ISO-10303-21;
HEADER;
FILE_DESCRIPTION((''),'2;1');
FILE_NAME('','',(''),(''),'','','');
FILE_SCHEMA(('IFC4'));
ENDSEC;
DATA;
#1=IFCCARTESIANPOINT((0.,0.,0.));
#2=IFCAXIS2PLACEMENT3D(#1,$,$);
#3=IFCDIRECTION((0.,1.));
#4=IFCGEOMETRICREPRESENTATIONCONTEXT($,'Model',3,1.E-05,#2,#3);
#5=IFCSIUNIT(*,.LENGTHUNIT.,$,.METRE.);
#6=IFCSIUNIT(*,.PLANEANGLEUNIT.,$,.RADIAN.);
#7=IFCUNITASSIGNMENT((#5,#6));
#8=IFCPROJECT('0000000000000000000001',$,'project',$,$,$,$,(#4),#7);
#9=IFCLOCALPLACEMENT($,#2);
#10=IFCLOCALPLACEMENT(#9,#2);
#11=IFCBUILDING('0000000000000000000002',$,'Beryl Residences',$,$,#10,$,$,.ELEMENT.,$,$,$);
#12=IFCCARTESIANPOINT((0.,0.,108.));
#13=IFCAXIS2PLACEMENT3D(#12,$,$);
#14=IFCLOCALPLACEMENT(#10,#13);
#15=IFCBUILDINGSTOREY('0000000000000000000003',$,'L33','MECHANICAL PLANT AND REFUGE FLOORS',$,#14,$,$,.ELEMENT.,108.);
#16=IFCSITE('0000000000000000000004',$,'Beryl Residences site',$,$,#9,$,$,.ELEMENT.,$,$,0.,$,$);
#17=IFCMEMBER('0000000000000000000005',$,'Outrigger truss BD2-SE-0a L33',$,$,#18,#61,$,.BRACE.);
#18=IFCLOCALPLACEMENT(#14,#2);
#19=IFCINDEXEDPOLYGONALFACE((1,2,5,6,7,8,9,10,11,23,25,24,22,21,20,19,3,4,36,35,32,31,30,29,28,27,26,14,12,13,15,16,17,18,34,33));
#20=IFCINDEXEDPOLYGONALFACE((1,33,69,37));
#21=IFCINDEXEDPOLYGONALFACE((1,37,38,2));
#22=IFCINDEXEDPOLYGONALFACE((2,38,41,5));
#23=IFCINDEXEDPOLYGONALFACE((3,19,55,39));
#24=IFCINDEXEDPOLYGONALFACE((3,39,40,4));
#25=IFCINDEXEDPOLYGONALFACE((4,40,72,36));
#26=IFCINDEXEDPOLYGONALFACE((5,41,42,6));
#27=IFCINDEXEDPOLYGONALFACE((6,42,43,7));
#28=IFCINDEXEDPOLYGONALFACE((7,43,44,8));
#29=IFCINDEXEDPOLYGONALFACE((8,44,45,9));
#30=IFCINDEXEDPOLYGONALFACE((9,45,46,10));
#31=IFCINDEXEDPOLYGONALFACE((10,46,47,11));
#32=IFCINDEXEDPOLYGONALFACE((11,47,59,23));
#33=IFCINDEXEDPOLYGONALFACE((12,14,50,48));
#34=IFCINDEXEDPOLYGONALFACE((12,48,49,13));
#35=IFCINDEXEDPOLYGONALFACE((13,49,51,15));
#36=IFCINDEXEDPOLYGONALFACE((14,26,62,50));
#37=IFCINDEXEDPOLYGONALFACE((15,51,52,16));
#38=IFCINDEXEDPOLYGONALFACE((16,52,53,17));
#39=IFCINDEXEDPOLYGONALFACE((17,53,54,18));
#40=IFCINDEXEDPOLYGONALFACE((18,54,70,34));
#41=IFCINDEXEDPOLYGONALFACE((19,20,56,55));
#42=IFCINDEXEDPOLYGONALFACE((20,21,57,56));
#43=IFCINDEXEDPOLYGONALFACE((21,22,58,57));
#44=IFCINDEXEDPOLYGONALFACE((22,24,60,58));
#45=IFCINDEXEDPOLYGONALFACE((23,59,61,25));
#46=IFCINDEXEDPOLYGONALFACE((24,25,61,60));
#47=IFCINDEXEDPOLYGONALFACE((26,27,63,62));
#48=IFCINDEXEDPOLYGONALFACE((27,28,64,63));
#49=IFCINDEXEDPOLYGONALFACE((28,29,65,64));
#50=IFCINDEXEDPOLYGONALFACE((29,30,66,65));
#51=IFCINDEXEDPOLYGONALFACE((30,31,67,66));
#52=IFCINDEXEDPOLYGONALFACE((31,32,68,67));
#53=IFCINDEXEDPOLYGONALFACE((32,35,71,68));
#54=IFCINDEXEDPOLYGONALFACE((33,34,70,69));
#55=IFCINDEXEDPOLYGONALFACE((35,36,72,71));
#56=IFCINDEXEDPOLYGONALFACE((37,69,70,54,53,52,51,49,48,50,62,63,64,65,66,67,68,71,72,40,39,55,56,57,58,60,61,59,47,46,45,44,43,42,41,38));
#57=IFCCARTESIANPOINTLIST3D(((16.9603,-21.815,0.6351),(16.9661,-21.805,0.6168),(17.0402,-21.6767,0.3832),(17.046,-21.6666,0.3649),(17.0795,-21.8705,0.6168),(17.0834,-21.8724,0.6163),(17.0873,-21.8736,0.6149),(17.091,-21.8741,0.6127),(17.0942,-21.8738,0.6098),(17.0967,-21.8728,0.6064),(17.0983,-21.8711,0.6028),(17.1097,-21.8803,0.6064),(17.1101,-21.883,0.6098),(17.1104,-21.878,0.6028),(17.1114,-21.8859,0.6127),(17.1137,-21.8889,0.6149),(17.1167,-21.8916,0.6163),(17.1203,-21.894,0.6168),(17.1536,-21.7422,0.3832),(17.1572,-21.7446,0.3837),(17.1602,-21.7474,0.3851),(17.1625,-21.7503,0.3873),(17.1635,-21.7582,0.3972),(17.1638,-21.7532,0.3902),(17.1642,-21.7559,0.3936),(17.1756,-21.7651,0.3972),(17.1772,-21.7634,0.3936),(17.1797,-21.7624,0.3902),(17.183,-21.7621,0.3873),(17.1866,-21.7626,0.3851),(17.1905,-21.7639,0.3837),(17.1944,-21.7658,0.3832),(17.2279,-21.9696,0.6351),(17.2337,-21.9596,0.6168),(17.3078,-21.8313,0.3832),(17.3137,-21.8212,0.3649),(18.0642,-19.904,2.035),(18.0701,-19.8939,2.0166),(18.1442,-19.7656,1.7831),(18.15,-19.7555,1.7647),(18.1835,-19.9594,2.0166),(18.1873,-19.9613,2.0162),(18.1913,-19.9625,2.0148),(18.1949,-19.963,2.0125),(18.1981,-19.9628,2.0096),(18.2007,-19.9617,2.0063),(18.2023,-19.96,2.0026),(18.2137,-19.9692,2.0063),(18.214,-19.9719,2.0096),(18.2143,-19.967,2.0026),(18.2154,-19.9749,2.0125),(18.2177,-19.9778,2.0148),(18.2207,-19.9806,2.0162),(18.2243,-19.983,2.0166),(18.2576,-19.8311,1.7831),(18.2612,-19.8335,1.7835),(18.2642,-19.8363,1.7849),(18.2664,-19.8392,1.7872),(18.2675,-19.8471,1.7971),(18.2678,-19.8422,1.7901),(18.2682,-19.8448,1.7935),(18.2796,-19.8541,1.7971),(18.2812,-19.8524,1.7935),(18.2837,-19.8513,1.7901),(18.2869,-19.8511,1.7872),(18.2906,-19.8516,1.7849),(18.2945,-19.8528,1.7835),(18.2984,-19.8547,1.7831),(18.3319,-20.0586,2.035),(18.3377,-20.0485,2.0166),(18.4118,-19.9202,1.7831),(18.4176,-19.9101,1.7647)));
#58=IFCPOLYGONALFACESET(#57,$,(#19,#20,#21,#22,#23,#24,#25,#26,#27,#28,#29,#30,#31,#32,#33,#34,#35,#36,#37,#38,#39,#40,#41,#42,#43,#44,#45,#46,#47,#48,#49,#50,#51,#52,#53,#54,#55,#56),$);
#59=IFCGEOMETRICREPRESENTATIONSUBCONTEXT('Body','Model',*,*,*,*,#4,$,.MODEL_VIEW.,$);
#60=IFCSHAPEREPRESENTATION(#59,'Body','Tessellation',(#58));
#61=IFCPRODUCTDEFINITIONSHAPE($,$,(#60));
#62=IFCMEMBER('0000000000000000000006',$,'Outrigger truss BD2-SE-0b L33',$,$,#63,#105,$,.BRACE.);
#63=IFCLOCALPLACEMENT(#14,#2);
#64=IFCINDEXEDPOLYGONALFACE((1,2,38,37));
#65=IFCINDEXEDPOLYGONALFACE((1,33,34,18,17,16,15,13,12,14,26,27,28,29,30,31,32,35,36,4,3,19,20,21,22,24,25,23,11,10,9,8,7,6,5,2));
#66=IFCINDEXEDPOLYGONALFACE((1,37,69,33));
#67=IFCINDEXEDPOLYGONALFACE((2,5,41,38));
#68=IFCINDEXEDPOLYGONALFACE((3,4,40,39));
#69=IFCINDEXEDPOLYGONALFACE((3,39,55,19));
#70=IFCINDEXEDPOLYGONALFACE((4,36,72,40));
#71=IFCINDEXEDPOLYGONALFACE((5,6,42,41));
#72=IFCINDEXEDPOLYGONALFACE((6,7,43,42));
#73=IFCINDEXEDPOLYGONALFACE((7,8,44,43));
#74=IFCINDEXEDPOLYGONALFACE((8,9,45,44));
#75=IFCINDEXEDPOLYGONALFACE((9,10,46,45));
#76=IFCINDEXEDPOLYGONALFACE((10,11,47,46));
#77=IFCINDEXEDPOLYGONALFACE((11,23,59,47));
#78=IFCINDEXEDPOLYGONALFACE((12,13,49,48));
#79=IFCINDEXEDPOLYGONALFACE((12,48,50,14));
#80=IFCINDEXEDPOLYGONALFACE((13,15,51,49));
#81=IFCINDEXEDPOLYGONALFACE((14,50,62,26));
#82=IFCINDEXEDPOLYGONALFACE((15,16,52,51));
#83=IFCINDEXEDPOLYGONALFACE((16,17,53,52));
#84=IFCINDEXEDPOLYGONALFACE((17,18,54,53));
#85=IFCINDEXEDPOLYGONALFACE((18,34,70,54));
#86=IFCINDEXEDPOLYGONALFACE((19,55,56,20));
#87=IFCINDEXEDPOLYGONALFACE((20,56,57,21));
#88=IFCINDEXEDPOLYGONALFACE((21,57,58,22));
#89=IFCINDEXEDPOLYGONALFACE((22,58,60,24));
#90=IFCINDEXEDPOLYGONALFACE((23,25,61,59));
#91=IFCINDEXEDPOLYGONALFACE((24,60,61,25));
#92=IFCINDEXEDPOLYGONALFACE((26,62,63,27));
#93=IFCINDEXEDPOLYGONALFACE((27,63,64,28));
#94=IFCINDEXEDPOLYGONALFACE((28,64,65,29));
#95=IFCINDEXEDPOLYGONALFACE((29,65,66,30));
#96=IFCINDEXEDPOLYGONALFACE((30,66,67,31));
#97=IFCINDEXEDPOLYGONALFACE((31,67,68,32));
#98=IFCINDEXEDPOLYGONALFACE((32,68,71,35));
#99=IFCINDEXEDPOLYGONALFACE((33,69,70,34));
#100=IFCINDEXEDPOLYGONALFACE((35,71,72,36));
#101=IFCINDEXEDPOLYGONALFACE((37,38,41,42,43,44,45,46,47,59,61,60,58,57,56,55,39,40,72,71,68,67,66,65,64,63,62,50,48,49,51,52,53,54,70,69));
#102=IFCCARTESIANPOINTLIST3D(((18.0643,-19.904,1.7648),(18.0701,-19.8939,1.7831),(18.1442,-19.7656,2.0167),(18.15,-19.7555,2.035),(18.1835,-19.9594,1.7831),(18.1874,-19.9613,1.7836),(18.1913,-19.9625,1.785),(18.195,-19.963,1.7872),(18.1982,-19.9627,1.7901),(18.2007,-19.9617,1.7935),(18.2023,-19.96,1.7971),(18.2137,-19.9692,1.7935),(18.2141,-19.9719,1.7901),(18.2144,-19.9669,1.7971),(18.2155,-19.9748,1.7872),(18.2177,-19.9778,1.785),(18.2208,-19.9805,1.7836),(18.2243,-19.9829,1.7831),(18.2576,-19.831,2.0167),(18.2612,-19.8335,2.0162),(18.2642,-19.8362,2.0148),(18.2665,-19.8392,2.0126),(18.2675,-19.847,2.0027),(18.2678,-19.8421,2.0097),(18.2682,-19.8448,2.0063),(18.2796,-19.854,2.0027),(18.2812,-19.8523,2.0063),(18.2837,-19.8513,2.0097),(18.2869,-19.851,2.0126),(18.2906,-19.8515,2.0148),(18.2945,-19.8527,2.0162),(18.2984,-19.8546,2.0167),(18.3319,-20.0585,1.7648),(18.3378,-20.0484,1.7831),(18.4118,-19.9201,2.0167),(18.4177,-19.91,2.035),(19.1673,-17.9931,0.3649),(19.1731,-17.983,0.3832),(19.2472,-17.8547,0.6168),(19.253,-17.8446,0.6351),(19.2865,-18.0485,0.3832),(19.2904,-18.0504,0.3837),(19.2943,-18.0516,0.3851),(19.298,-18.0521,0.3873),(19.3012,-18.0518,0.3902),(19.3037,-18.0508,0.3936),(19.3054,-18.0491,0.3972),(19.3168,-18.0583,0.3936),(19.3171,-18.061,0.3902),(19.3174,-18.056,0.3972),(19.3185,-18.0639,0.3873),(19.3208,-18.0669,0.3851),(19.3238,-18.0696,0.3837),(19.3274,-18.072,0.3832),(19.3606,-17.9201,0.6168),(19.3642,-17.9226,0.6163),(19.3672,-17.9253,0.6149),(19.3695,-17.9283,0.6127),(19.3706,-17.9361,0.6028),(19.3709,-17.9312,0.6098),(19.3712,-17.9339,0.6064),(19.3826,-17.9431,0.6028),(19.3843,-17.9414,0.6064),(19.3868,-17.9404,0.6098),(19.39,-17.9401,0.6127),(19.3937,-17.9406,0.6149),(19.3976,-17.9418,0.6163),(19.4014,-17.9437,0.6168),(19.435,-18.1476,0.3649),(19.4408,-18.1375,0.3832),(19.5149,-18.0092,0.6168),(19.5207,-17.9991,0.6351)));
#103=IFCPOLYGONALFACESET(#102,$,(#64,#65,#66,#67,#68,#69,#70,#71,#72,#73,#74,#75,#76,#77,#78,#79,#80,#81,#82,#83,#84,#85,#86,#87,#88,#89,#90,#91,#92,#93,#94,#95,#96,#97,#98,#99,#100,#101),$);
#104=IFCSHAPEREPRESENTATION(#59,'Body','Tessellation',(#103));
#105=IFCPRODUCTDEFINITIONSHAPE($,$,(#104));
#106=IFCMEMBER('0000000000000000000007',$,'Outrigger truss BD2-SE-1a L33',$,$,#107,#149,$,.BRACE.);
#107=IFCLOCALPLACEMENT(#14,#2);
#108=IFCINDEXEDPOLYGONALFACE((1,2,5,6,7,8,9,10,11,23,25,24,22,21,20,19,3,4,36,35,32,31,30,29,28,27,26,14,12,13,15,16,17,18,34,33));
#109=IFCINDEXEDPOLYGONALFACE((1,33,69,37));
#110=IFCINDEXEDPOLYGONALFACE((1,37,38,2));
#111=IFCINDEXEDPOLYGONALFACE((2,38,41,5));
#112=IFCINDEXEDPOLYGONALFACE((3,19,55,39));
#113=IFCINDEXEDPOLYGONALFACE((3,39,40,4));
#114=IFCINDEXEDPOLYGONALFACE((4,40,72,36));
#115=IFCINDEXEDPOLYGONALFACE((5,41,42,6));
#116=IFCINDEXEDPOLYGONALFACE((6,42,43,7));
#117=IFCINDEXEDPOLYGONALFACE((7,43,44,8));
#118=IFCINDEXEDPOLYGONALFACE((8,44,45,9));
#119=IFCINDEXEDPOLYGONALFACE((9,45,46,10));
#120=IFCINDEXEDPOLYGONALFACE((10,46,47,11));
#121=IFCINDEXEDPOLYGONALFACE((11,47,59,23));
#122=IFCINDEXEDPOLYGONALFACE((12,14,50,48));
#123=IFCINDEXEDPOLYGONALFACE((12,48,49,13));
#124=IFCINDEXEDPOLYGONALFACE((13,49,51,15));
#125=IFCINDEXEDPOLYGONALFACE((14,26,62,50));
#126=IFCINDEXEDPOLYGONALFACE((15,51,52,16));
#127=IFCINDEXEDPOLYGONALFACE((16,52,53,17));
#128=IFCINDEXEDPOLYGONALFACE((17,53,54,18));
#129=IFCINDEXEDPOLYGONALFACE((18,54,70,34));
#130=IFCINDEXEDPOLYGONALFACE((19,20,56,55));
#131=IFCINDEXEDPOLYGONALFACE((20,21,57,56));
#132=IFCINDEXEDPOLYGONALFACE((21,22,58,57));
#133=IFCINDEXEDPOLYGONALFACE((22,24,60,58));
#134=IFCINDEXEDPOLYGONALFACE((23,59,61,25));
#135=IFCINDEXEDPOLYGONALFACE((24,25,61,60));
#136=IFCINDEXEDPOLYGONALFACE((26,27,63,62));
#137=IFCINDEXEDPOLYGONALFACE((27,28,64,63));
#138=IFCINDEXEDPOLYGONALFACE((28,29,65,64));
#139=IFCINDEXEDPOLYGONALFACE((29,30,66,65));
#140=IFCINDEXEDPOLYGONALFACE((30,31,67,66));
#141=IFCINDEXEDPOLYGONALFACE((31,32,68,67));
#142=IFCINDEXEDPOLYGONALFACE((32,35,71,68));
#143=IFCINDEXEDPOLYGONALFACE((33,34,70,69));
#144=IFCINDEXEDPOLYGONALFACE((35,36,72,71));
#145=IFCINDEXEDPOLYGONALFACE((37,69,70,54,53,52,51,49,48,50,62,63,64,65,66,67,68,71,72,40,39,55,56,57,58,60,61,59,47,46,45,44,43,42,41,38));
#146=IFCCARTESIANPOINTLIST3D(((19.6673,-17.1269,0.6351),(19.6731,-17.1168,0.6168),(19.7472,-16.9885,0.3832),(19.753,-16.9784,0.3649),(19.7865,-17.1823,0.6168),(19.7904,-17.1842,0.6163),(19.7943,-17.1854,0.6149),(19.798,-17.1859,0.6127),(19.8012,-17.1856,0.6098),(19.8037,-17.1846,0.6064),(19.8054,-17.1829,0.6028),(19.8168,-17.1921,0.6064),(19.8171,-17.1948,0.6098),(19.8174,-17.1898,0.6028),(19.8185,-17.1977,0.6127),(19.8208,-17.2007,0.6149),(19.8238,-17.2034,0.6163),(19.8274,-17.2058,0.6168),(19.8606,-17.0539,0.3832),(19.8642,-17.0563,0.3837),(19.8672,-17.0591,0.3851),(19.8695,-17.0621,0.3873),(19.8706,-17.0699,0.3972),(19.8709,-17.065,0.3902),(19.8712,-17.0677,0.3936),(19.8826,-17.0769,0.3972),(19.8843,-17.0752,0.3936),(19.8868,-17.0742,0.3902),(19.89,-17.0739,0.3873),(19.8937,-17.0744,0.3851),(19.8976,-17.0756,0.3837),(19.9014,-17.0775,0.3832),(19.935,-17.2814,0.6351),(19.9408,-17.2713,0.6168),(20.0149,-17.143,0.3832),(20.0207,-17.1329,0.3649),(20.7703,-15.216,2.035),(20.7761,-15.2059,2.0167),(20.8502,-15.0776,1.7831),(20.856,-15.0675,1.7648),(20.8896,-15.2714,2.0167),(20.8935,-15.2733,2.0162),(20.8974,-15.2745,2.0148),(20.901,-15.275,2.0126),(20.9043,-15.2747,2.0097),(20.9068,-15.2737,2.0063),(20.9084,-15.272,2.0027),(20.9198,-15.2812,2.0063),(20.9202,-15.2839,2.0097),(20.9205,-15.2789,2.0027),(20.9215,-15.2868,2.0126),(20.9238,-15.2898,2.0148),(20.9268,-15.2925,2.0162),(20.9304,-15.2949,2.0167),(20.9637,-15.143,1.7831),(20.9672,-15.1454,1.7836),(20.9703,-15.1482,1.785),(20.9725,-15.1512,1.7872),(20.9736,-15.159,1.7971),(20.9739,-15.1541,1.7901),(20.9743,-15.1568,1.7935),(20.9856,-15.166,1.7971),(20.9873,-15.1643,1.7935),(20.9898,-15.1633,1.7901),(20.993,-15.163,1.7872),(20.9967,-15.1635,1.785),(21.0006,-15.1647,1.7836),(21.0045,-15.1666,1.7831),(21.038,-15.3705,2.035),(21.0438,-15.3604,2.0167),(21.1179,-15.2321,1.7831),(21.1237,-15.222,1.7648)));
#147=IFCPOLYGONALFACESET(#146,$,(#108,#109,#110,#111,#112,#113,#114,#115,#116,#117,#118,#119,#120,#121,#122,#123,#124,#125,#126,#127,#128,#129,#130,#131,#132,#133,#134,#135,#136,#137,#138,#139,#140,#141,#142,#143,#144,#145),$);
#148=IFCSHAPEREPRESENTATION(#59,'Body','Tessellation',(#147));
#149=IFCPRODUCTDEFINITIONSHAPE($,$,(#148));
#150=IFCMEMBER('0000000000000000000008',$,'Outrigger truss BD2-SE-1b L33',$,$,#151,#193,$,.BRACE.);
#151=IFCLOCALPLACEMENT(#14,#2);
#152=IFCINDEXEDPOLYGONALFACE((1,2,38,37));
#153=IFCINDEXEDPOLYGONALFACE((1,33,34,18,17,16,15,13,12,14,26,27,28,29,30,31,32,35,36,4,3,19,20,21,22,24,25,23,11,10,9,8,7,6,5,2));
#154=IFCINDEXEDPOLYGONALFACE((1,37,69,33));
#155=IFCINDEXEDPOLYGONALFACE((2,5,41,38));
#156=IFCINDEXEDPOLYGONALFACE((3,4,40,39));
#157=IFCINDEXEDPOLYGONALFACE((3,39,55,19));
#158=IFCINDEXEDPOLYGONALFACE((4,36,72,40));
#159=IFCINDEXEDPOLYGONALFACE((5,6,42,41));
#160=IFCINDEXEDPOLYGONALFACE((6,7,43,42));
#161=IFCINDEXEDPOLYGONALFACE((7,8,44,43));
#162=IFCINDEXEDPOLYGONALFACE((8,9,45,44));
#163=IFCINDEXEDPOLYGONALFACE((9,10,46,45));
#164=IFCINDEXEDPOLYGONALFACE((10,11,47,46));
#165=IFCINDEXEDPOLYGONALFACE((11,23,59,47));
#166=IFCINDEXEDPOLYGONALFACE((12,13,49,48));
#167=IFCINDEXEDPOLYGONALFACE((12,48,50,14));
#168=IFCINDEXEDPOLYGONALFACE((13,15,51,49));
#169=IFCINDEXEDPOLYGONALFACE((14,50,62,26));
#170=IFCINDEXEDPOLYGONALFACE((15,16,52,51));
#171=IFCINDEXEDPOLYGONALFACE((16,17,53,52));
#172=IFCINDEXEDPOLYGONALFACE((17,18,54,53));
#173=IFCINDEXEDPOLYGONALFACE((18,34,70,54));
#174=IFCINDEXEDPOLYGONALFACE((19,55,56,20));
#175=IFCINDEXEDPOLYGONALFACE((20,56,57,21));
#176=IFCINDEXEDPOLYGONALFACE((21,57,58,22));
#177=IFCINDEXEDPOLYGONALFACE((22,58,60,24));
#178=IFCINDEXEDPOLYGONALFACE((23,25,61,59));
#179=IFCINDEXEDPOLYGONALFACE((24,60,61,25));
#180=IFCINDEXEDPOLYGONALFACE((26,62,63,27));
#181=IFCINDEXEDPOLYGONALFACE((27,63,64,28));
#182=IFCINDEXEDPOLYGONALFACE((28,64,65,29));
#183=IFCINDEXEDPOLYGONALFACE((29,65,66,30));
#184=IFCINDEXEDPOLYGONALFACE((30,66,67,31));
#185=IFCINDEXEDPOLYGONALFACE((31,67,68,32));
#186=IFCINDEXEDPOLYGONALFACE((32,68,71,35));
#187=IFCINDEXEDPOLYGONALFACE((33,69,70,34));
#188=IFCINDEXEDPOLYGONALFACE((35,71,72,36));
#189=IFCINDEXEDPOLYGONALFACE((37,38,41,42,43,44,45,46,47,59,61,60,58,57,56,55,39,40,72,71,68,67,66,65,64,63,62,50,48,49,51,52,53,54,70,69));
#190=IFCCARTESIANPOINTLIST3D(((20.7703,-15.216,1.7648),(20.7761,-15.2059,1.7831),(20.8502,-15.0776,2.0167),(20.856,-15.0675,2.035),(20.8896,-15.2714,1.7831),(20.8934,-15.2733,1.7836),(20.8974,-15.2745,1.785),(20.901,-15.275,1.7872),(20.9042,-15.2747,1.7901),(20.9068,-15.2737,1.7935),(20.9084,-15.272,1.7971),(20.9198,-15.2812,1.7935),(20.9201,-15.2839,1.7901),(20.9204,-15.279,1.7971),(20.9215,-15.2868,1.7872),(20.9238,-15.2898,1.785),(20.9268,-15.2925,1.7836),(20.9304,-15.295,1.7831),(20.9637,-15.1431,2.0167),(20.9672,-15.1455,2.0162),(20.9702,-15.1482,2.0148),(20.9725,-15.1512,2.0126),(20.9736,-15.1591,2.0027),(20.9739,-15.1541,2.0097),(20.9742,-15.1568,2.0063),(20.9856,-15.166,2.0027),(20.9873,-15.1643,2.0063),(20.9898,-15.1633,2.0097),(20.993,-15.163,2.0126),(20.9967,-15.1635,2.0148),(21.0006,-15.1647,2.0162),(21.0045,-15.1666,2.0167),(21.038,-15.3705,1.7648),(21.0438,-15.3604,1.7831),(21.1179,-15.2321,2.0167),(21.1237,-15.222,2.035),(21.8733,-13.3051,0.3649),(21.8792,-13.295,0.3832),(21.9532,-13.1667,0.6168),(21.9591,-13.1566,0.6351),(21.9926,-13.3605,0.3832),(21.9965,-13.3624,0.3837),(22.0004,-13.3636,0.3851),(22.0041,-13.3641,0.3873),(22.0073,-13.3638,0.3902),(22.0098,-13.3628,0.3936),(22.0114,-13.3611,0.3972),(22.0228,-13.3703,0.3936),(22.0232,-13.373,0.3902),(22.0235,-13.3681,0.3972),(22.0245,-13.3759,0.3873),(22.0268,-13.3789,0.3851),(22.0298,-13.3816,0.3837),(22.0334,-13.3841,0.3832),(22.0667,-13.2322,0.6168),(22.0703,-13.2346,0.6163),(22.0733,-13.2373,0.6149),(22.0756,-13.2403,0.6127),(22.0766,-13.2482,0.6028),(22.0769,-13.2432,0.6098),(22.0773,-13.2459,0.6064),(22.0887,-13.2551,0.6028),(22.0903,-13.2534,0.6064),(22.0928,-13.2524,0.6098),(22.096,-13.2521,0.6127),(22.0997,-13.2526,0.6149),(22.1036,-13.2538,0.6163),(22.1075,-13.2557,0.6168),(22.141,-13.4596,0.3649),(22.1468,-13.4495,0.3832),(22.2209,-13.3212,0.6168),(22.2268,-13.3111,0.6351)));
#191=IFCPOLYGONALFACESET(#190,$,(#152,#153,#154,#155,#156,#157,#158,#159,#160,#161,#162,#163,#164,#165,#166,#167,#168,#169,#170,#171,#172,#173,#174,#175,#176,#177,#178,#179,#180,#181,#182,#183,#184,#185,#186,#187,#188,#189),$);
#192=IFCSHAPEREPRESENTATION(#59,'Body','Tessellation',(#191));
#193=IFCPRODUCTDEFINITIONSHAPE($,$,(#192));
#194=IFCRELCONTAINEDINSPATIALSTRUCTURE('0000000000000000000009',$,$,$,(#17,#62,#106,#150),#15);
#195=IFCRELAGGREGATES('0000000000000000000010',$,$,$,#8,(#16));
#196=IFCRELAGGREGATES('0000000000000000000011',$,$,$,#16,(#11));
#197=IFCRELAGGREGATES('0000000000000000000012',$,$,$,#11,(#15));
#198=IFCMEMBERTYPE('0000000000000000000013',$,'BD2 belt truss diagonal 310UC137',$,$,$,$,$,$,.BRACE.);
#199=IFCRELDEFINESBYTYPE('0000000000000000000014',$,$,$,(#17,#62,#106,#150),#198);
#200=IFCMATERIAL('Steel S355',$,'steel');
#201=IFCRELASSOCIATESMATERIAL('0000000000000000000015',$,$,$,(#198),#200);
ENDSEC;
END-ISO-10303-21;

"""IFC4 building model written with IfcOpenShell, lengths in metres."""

from ifc_helpers import new_model, si_unit, direction, frame, origin, origin_2d, place, context, subcontext, project, spatial, i_section, extrude, material, material_profile, profile_set, type_object, element, save


model = new_model("IFC4")

# Units and contexts
model_context = context("Model", 3, precision=1e-05, world=origin(), true_north=direction((0.0, 1.0)))
body_context = subcontext(model_context, "Body", "Model", "MODEL_VIEW")
ifc_project = project(units=[si_unit("LENGTHUNIT", "METRE"), si_unit("PLANEANGLEUNIT", "RADIAN")], contexts=[model_context])

# Site, building, storey
site_placement = place(None, origin())
site = spatial("IfcSite", under=ifc_project, at=site_placement, Name="Beryl Residences site", CompositionType="ELEMENT", RefElevation=0.0)
building_placement = place(site_placement, origin())
building = spatial("IfcBuilding", under=site, at=building_placement, Name="Beryl Residences", CompositionType="ELEMENT")
storey_placement = place(building_placement, frame((0.0, 0.0, 108.0)))
storey = spatial("IfcBuildingStorey", under=building, at=storey_placement, Name="L33", Description="MECHANICAL PLANT AND REFUGE FLOORS", CompositionType="ELEMENT", Elevation=108.0)

# Members
ifc_material_1 = material(Name="Steel S355", Category="steel")
ifc_material_profile_1 = material_profile(ifc_material_1, i_section(OverallWidth=0.3091, OverallDepth=0.3201, WebThickness=0.0139, FlangeThickness=0.0217, FilletRadius=0.0166, at=origin_2d()))
ifc_profile_set_1 = profile_set([ifc_material_profile_1], Name="Steel S355")
member_type_1 = type_object("IfcMemberType", Name="BD2 belt truss diagonal 310UC137", PredefinedType="BRACE", material=ifc_profile_set_1)
member_1_placement = place(storey_placement, frame((17.137, -21.8181, 0.5), z_axis=(0.422405, 0.731222, 0.535619), x_axis=(-0.865906, 0.500208, 0.0)))
element("IfcMember", 1, at=member_1_placement, inside=storey, type_object=member_type_1, Name="Outrigger truss BD2-SE-0a L33", PredefinedType="BRACE", context=body_context, shape_type="SweptSolid", body=[
    extrude(i_section(OverallWidth=0.3091, OverallDepth=0.3201, WebThickness=0.0139, FlangeThickness=0.0217, FilletRadius=0.0166, at=origin_2d()), origin(), (0.0, 0.0, 1.0), 2.6135),
])
for number, where, z_axis, x_axis, name in (
    (2, (19.344, -17.9961, 0.5), (-0.422127, -0.731294, 0.53574), (0.86607, -0.499924, 0.0), "Outrigger truss BD2-SE-0b L33"),
    (3, (19.844, -17.1299, 0.5), (0.422127, 0.731294, 0.53574), (-0.86607, 0.499924, 0.0), "Outrigger truss BD2-SE-1a L33"),
    (4, (22.05, -13.3081, 0.5), (-0.422127, -0.731294, 0.53574), (0.86607, -0.499924, 0.0), "Outrigger truss BD2-SE-1b L33"),
):
    element("IfcMember", number, at=place(storey_placement, frame(where, z_axis=z_axis, x_axis=x_axis)), inside=storey, type_object=member_type_1, Name=name, PredefinedType="BRACE", context=body_context, shape_type="SweptSolid", body=[
        extrude(i_section(OverallWidth=0.3091, OverallDepth=0.3201, WebThickness=0.0139, FlangeThickness=0.0217, FilletRadius=0.0166, at=origin_2d()), origin(), (0.0, 0.0, 1.0), 2.613),
    ])

save(model, "model.ifc")
